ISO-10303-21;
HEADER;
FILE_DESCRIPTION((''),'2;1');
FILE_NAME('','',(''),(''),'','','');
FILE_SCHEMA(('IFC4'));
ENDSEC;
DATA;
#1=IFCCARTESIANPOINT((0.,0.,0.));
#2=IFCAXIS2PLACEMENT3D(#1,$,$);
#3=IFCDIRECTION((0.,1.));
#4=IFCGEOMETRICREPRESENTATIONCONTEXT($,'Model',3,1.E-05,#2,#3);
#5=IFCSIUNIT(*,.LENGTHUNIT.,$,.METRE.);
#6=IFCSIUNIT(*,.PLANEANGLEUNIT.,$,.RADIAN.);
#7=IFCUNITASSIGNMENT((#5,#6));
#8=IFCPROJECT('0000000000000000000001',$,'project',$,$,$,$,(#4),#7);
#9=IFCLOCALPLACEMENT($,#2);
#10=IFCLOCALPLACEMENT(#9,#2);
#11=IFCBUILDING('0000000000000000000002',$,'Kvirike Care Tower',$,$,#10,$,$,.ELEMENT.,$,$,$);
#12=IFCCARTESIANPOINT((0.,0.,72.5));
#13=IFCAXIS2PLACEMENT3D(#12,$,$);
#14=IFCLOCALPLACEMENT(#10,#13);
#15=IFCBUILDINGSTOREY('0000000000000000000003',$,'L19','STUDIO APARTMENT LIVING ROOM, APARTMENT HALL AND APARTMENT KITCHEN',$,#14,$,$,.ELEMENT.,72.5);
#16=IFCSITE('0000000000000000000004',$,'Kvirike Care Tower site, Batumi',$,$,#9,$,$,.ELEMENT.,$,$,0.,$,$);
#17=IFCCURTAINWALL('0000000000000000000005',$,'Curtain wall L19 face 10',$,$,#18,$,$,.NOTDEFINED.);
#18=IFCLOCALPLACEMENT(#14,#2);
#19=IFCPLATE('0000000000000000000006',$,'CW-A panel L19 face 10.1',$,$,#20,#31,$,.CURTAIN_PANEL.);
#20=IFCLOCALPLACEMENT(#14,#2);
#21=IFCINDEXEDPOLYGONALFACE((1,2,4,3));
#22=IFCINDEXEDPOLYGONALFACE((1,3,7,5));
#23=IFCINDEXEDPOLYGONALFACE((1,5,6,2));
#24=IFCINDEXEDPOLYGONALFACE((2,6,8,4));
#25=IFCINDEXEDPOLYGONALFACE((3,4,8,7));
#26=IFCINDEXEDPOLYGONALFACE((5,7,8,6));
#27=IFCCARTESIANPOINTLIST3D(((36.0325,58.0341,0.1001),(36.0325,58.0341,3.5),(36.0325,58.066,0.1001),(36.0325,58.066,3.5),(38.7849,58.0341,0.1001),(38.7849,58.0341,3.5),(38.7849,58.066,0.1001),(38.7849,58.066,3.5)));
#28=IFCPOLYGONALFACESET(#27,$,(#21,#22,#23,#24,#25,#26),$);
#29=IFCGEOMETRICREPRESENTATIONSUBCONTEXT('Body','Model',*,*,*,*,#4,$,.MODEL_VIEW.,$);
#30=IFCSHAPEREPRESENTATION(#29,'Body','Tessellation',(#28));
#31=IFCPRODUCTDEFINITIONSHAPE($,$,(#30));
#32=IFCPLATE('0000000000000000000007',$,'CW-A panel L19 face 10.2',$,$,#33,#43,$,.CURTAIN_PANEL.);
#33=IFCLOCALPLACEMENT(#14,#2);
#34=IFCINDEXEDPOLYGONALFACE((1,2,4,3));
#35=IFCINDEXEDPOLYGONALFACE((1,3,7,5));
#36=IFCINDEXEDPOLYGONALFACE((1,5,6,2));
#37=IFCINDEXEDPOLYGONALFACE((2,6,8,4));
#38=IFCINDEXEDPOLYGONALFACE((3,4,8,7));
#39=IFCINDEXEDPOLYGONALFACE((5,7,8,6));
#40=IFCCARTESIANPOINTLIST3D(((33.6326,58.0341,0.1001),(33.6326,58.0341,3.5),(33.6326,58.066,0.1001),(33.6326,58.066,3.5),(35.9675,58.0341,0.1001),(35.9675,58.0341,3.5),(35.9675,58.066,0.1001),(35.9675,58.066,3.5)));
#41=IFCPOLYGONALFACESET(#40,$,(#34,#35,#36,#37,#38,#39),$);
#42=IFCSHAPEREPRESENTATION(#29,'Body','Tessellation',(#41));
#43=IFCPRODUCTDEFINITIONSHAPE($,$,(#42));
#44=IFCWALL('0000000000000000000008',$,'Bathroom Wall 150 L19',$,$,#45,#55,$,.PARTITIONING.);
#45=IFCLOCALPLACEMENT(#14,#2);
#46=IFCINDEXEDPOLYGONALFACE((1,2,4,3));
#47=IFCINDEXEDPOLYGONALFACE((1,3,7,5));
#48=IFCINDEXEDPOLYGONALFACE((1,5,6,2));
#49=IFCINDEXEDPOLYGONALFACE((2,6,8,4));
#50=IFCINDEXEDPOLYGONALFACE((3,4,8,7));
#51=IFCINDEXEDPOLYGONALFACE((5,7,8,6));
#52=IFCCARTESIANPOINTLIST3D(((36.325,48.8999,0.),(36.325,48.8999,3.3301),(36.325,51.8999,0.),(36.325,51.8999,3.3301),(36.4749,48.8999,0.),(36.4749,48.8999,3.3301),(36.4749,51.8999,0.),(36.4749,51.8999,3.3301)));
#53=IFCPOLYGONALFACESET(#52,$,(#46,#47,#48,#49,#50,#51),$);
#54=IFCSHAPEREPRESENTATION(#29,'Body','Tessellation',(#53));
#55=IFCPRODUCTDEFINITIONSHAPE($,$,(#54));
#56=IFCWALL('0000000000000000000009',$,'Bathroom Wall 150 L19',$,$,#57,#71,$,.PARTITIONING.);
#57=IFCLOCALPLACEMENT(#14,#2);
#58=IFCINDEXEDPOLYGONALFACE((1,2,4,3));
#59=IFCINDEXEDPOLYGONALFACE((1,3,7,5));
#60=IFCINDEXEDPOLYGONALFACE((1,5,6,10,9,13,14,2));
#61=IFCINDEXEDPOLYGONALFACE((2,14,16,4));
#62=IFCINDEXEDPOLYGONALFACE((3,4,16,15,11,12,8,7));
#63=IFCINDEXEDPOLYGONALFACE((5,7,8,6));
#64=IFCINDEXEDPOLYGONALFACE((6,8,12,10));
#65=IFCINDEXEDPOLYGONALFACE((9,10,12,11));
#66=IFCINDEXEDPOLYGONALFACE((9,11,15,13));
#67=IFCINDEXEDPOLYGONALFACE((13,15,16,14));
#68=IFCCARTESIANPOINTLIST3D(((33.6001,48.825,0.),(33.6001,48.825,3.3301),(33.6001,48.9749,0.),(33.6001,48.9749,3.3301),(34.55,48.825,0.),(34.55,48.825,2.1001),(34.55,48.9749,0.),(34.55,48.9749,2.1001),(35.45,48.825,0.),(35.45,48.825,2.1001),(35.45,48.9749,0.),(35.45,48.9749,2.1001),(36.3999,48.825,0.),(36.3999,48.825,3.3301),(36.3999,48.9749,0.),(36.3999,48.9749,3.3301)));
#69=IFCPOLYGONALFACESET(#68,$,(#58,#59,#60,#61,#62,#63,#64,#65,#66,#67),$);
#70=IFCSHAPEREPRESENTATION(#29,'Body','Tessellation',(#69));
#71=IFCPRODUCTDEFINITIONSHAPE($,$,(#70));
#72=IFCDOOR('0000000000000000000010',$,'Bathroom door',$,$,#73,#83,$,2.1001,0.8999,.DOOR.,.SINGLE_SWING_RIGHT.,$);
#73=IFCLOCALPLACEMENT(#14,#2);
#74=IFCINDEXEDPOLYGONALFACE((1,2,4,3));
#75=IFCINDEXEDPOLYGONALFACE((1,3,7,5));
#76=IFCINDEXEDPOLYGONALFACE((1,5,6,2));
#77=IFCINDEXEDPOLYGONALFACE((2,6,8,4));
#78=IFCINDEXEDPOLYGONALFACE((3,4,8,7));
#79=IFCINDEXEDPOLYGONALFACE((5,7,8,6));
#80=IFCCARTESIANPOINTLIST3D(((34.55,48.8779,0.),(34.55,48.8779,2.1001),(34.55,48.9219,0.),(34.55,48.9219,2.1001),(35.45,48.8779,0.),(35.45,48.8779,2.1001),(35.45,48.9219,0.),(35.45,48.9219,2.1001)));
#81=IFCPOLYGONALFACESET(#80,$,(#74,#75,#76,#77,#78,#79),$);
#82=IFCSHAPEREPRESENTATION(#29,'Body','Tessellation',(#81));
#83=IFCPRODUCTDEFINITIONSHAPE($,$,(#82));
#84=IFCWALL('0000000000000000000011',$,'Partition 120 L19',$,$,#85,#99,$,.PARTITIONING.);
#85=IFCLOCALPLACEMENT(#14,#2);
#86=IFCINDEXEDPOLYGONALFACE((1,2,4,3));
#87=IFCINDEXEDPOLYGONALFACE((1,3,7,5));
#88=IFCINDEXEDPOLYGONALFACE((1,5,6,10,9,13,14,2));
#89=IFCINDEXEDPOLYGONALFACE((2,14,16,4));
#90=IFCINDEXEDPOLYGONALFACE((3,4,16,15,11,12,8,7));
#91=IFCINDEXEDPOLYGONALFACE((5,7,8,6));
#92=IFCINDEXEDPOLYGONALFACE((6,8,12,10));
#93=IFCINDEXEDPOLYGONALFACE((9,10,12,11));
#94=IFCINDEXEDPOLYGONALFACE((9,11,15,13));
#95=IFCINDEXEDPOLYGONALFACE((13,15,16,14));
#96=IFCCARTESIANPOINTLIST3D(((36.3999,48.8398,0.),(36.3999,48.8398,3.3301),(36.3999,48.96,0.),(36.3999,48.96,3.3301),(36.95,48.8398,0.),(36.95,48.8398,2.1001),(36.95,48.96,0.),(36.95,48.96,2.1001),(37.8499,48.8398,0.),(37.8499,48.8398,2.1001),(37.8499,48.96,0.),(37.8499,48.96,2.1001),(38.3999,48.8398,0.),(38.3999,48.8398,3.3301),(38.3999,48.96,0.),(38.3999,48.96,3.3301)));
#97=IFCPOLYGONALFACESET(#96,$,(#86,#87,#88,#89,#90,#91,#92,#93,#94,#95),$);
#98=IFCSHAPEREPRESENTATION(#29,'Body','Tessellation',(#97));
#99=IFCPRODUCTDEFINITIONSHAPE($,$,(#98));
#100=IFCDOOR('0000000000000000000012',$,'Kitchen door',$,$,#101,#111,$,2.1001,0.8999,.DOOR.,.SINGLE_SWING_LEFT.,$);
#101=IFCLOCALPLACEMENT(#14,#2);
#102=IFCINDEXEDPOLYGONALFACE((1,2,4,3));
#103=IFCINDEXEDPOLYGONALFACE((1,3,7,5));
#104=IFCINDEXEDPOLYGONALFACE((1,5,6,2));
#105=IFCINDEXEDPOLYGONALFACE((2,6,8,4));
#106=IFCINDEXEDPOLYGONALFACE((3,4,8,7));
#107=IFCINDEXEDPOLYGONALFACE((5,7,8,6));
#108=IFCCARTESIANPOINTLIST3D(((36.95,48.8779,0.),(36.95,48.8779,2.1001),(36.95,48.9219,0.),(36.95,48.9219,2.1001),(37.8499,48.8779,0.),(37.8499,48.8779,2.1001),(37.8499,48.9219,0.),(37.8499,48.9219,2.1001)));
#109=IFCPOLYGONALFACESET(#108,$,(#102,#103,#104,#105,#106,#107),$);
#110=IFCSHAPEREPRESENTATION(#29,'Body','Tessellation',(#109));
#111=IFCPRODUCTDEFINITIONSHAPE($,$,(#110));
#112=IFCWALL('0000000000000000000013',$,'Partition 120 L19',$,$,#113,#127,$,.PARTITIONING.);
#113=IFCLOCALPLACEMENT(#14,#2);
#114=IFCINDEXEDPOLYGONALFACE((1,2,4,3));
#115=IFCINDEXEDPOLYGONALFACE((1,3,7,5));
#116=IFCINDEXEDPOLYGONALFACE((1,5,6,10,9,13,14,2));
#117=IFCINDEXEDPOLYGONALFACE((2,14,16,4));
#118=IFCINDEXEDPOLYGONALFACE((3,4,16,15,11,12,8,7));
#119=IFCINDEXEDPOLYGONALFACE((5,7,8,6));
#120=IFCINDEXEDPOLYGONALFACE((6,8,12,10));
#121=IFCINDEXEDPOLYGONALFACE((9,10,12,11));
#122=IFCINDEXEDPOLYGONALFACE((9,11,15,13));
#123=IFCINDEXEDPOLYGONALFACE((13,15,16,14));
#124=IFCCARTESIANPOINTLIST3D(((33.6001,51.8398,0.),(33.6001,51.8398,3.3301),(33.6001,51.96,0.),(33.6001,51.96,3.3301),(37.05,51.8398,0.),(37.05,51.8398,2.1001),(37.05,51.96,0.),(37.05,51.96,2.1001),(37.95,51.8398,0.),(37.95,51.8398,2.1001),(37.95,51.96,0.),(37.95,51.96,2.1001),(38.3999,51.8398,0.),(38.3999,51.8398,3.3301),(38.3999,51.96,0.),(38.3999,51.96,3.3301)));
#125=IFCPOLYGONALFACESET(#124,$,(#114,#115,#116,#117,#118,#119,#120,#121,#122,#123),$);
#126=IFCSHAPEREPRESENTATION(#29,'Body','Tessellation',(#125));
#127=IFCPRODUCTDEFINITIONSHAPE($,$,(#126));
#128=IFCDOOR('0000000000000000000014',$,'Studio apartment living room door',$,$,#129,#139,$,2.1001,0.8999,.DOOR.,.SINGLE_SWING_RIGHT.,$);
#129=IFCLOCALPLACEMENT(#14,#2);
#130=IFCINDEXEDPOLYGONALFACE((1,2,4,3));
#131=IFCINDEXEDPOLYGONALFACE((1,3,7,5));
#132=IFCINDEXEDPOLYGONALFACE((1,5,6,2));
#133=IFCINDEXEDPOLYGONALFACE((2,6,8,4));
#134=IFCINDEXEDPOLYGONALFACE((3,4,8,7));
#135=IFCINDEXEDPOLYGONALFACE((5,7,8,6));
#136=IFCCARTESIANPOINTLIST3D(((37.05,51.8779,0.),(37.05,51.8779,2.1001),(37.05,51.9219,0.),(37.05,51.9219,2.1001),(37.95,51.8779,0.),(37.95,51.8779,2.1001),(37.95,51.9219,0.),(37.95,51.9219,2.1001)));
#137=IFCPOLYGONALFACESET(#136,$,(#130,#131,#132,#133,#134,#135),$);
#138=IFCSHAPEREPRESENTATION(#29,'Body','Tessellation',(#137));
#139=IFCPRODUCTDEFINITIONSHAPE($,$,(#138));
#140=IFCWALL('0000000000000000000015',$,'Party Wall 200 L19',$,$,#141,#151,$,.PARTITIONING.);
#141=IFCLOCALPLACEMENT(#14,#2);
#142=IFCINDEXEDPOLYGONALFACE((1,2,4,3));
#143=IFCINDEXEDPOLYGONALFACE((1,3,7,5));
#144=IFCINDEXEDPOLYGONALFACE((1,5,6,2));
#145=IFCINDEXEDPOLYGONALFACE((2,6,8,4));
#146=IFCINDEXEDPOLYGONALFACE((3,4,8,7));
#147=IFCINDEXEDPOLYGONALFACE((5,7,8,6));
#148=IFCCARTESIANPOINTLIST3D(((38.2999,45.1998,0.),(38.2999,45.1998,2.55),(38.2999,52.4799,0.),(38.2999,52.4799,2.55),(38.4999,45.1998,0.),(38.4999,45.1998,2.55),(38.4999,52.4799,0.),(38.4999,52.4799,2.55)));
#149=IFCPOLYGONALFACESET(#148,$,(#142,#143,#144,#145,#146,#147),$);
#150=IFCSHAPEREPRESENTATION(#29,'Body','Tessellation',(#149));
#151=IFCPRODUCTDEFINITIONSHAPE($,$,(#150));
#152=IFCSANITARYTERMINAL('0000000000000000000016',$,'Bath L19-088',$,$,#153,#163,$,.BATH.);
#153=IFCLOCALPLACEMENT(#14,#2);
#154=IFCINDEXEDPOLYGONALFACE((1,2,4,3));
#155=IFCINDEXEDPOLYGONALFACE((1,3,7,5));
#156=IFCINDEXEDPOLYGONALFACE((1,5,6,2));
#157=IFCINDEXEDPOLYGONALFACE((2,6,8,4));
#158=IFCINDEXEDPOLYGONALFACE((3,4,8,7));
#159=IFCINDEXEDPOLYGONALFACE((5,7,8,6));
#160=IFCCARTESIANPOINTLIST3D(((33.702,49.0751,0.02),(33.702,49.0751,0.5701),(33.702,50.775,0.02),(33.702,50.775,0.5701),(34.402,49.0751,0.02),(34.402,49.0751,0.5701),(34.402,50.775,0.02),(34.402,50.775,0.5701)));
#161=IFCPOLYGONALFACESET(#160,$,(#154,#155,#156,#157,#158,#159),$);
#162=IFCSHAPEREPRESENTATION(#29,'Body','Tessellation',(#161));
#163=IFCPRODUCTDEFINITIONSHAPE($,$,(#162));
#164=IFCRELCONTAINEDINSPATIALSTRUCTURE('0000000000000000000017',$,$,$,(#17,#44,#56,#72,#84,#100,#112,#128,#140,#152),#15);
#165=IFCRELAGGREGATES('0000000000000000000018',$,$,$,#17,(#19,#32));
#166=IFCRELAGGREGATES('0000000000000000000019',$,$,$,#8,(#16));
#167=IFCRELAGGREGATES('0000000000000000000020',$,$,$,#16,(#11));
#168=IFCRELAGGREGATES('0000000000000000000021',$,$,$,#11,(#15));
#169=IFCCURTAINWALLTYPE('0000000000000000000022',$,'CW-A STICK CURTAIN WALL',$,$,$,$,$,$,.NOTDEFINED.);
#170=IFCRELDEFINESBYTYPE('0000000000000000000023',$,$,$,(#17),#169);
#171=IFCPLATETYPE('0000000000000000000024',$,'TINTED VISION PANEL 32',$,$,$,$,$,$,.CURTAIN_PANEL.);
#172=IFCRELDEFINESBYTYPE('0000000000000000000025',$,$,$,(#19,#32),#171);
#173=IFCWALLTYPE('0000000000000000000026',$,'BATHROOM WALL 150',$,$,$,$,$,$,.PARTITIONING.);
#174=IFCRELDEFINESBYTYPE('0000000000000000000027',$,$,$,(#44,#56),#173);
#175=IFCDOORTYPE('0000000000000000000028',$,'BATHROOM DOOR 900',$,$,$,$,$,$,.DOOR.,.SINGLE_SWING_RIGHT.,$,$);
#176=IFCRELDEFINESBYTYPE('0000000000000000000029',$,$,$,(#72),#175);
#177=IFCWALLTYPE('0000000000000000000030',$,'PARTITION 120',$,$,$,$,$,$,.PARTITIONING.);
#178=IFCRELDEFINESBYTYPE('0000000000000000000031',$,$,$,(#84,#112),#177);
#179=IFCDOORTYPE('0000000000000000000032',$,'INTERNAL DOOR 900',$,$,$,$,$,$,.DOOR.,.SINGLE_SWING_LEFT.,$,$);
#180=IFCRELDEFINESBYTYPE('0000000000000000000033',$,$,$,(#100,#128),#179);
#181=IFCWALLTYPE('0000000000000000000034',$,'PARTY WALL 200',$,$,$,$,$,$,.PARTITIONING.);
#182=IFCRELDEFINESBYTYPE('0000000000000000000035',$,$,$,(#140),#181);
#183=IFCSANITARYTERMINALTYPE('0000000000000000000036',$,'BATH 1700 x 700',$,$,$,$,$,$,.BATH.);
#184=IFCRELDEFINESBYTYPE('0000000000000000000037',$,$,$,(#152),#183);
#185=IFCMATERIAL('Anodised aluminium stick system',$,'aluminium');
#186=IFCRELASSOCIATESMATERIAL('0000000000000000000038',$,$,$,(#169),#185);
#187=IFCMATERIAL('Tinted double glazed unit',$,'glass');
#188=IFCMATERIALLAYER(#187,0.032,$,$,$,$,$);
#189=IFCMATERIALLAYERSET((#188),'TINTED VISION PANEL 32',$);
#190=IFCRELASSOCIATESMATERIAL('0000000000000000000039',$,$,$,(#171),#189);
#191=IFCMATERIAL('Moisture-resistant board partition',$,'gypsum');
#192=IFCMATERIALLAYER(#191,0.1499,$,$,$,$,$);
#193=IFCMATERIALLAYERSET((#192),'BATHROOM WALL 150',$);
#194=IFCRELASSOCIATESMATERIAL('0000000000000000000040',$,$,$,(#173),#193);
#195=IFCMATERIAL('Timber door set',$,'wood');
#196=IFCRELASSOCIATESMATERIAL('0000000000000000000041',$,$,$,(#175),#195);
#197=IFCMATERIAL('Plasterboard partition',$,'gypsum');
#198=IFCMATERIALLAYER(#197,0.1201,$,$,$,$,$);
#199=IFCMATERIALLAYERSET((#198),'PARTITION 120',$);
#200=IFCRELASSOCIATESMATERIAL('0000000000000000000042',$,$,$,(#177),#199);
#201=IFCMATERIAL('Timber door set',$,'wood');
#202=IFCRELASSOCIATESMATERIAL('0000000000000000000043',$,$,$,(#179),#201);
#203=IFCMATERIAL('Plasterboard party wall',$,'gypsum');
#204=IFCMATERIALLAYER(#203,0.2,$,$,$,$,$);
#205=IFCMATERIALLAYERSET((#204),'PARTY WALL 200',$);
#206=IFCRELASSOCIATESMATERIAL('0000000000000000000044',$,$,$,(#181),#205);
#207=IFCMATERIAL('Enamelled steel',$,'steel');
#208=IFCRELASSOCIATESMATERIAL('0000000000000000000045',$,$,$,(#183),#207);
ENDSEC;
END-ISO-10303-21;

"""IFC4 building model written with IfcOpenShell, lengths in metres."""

from ifc_helpers import new_model, si_unit, direction, frame, frame_2d, origin, origin_2d, place, context, subcontext, project, spatial, rectangle, extrude, material, layer, layer_set, type_object, element, fill, aggregate, save


model = new_model("IFC4")

# Units and contexts
model_context = context("Model", 3, precision=1e-05, world=origin(), true_north=direction((0.0, 1.0)))
body_context = subcontext(model_context, "Body", "Model", "MODEL_VIEW")
ifc_project = project(units=[si_unit("LENGTHUNIT", "METRE"), si_unit("PLANEANGLEUNIT", "RADIAN")], contexts=[model_context])

# Site, building, storey
site_placement = place(None, origin())
site = spatial("IfcSite", under=ifc_project, at=site_placement, Name="Kvirike Care Tower site, Batumi", CompositionType="ELEMENT", RefElevation=0.0)
building_placement = place(site_placement, origin())
building = spatial("IfcBuilding", under=site, at=building_placement, Name="Kvirike Care Tower", CompositionType="ELEMENT")
storey_placement = place(building_placement, frame((0.0, 0.0, 72.5)))
storey = spatial("IfcBuildingStorey", under=building, at=storey_placement, Name="L19", Description="STUDIO APARTMENT LIVING ROOM, APARTMENT HALL AND APARTMENT KITCHEN", CompositionType="ELEMENT", Elevation=72.5)

# Curtain wall
ifc_material_1 = material(Name="Anodised aluminium stick system", Category="aluminium")
curtain_wall_type = type_object("IfcCurtainWallType", Name="CW-A STICK CURTAIN WALL", PredefinedType="NOTDEFINED", material=ifc_material_1)
curtain_wall_placement = place(storey_placement, origin())
curtain_wall = element("IfcCurtainWall", 1, at=curtain_wall_placement, inside=storey, type_object=curtain_wall_type, Name="Curtain wall L19 face 10", PredefinedType="NOTDEFINED")

# Plates
ifc_material_2 = material(Name="Tinted double glazed unit", Category="glass")
ifc_layer_1 = layer(ifc_material_2, 0.032)
ifc_layer_set_1 = layer_set([ifc_layer_1], Name="TINTED VISION PANEL 32")
plate_type = type_object("IfcPlateType", Name="TINTED VISION PANEL 32", PredefinedType="CURTAIN_PANEL", material=ifc_layer_set_1)
plate_1_placement = place(storey_placement, frame((37.4087, 58.05, 0.1001), z_axis=(0.0, 0.0, 1.0), x_axis=(-1.0, 0.0, 0.0)))
plate_1 = element("IfcPlate", 2, at=plate_1_placement, type_object=plate_type, Name="CW-A panel L19 face 10.1", PredefinedType="CURTAIN_PANEL", context=body_context, shape_type="SweptSolid", body=[
    extrude(rectangle(XDim=2.7524, YDim=0.032, at=origin_2d()), origin(), (0.0, 0.0, 1.0), 3.3999),
])
plate_2_placement = place(storey_placement, frame((34.8, 58.05, 0.1001), z_axis=(0.0, 0.0, 1.0), x_axis=(-1.0, 0.0, 0.0)))
plate_2 = element("IfcPlate", 3, at=plate_2_placement, type_object=plate_type, Name="CW-A panel L19 face 10.2", PredefinedType="CURTAIN_PANEL", context=body_context, shape_type="SweptSolid", body=[
    extrude(rectangle(XDim=2.335, YDim=0.032, at=origin_2d()), origin(), (0.0, 0.0, 1.0), 3.3999),
])
aggregate(curtain_wall, [plate_1, plate_2])

# Wall
ifc_material_3 = material(Name="Moisture-resistant board partition", Category="gypsum")
ifc_layer_2 = layer(ifc_material_3, 0.1499)
ifc_layer_set_2 = layer_set([ifc_layer_2], Name="BATHROOM WALL 150")
wall_type_1 = type_object("IfcWallType", Name="BATHROOM WALL 150", PredefinedType="PARTITIONING", material=ifc_layer_set_2)
wall_1_placement = place(storey_placement, frame((36.3999, 51.8999, 0.0), z_axis=(0.0, 0.0, 1.0), x_axis=(0.0, -1.0, 0.0)))
element("IfcWall", 4, at=wall_1_placement, inside=storey, type_object=wall_type_1, Name="Bathroom Wall 150 L19", PredefinedType="PARTITIONING", context=body_context, shape_type="SweptSolid", body=[
    extrude(rectangle(XDim=3.0, YDim=0.1499, at=frame_2d((1.5, 0.0))), origin(), (0.0, 0.0, 1.0), 3.3301),
])

# Walls, openings, doors
wall_2_placement = place(storey_placement, frame((36.3999, 48.8999, 0.0), z_axis=(0.0, 0.0, 1.0), x_axis=(-1.0, 0.0, 0.0)))
wall_2 = element("IfcWall", 5, at=wall_2_placement, inside=storey, type_object=wall_type_1, Name="Bathroom Wall 150 L19", PredefinedType="PARTITIONING", context=body_context, shape_type="SweptSolid", body=[
    extrude(rectangle(XDim=2.7998, YDim=0.1499, at=frame_2d((1.3999, 0.0))), origin(), (0.0, 0.0, 1.0), 3.3301),
])
opening_1_placement = place(wall_2_placement, frame((0.95, 0.0, 0.0)))
opening_1 = element("IfcOpeningElement", 6, at=opening_1_placement, cuts=wall_2, PredefinedType="OPENING", context=body_context, shape_type="SweptSolid", body=[
    extrude(rectangle(XDim=0.8999, YDim=2.1001, at=frame_2d((0.45, 1.05))), frame((0.0, 0.0854, 0.0), z_axis=(0.0, -1.0, 0.0), x_axis=(1.0, 0.0, 0.0)), (0.0, 0.0, 1.0), 0.1709),
])
ifc_material_4 = material(Name="Timber door set", Category="wood")
door_type_1 = type_object("IfcDoorType", Name="BATHROOM DOOR 900", OperationType="SINGLE_SWING_RIGHT", PredefinedType="DOOR", material=ifc_material_4)
door_1_placement = place(opening_1_placement, frame((0.8999, 0.0, 0.0), z_axis=(0.0, 0.0, 1.0), x_axis=(-1.0, 0.0, 0.0)))
door_1 = element("IfcDoor", 7, at=door_1_placement, inside=storey, type_object=door_type_1, Name="Bathroom door", OperationType="SINGLE_SWING_RIGHT", OverallHeight=2.1001, OverallWidth=0.8999, PredefinedType="DOOR", context=body_context, shape_type="SweptSolid", body=[
    extrude(rectangle(XDim=0.8999, YDim=2.1001, at=frame_2d((0.45, 1.05))), frame((0.0, 0.022, 0.0), z_axis=(0.0, -1.0, 0.0), x_axis=(1.0, 0.0, 0.0)), (0.0, 0.0, 1.0), 0.0439),
])
fill(opening_1, door_1)
ifc_material_5 = material(Name="Plasterboard partition", Category="gypsum")
ifc_layer_3 = layer(ifc_material_5, 0.1201)
ifc_layer_set_3 = layer_set([ifc_layer_3], Name="PARTITION 120")
wall_type_2 = type_object("IfcWallType", Name="PARTITION 120", PredefinedType="PARTITIONING", material=ifc_layer_set_3)
wall_3_placement = place(storey_placement, frame((38.3999, 48.8999, 0.0), z_axis=(0.0, 0.0, 1.0), x_axis=(-1.0, 0.0, 0.0)))
wall_3 = element("IfcWall", 8, at=wall_3_placement, inside=storey, type_object=wall_type_2, Name="Partition 120 L19", PredefinedType="PARTITIONING", context=body_context, shape_type="SweptSolid", body=[
    extrude(rectangle(XDim=2.0, YDim=0.1201, at=frame_2d((1.0, 0.0))), origin(), (0.0, 0.0, 1.0), 3.3301),
])
opening_2_placement = place(wall_3_placement, frame((0.55, 0.0, 0.0)))
opening_2 = element("IfcOpeningElement", 9, at=opening_2_placement, cuts=wall_3, PredefinedType="OPENING", context=body_context, shape_type="SweptSolid", body=[
    extrude(rectangle(XDim=0.8999, YDim=2.1001, at=frame_2d((0.45, 1.05))), frame((0.0, 0.0706, 0.0), z_axis=(0.0, -1.0, 0.0), x_axis=(1.0, 0.0, 0.0)), (0.0, 0.0, 1.0), 0.1411),
])
ifc_material_6 = material(Name="Timber door set", Category="wood")
door_type_2 = type_object("IfcDoorType", Name="INTERNAL DOOR 900", OperationType="SINGLE_SWING_LEFT", PredefinedType="DOOR", material=ifc_material_6)
door_2_placement = place(opening_2_placement, frame((0.8999, 0.0, 0.0), z_axis=(0.0, 0.0, 1.0), x_axis=(-1.0, 0.0, 0.0)))
door_2 = element("IfcDoor", 10, at=door_2_placement, inside=storey, type_object=door_type_2, Name="Kitchen door", OperationType="SINGLE_SWING_LEFT", OverallHeight=2.1001, OverallWidth=0.8999, PredefinedType="DOOR", context=body_context, shape_type="SweptSolid", body=[
    extrude(rectangle(XDim=0.8999, YDim=2.1001, at=frame_2d((0.45, 1.05))), frame((0.0, 0.022, 0.0), z_axis=(0.0, -1.0, 0.0), x_axis=(1.0, 0.0, 0.0)), (0.0, 0.0, 1.0), 0.0439),
])
fill(opening_2, door_2)
wall_4_placement = place(storey_placement, frame((38.3999, 51.8999, 0.0), z_axis=(0.0, 0.0, 1.0), x_axis=(-1.0, 0.0, 0.0)))
wall_4 = element("IfcWall", 11, at=wall_4_placement, inside=storey, type_object=wall_type_2, Name="Partition 120 L19", PredefinedType="PARTITIONING", context=body_context, shape_type="SweptSolid", body=[
    extrude(rectangle(XDim=4.7998, YDim=0.1201, at=frame_2d((2.3999, 0.0))), origin(), (0.0, 0.0, 1.0), 3.3301),
])
opening_3_placement = place(wall_4_placement, frame((0.45, 0.0, 0.0)))
opening_3 = element("IfcOpeningElement", 12, at=opening_3_placement, cuts=wall_4, PredefinedType="OPENING", context=body_context, shape_type="SweptSolid", body=[
    extrude(rectangle(XDim=0.8999, YDim=2.1001, at=frame_2d((0.45, 1.05))), frame((0.0, 0.0706, 0.0), z_axis=(0.0, -1.0, 0.0), x_axis=(1.0, 0.0, 0.0)), (0.0, 0.0, 1.0), 0.1411),
])
door_3_placement = place(opening_3_placement, origin())
door_3 = element("IfcDoor", 13, at=door_3_placement, inside=storey, type_object=door_type_2, Name="Studio apartment living room door", OperationType="SINGLE_SWING_RIGHT", OverallHeight=2.1001, OverallWidth=0.8999, PredefinedType="DOOR", context=body_context, shape_type="SweptSolid", body=[
    extrude(rectangle(XDim=0.8999, YDim=2.1001, at=frame_2d((0.45, 1.05))), frame((0.0, 0.022, 0.0), z_axis=(0.0, -1.0, 0.0), x_axis=(1.0, 0.0, 0.0)), (0.0, 0.0, 1.0), 0.0439),
])
fill(opening_3, door_3)

# Wall
ifc_material_7 = material(Name="Plasterboard party wall", Category="gypsum")
ifc_layer_4 = layer(ifc_material_7, 0.2)
ifc_layer_set_4 = layer_set([ifc_layer_4], Name="PARTY WALL 200")
wall_type_3 = type_object("IfcWallType", Name="PARTY WALL 200", PredefinedType="PARTITIONING", material=ifc_layer_set_4)
wall_5_placement = place(storey_placement, frame((38.3999, 52.48, 0.0), z_axis=(0.0, 0.0, 1.0), x_axis=(0.0, -1.0, 0.0)))
element("IfcWall", 14, at=wall_5_placement, inside=storey, type_object=wall_type_3, Name="Party Wall 200 L19", PredefinedType="PARTITIONING", context=body_context, shape_type="SweptSolid", body=[
    extrude(rectangle(XDim=7.28, YDim=0.2, at=frame_2d((3.6401, 0.0))), origin(), (0.0, 0.0, 1.0), 2.55),
])

# Sanitary terminal
ifc_material_8 = material(Name="Enamelled steel", Category="steel")
sanitary_terminal_type_1 = type_object("IfcSanitaryTerminalType", Name="BATH 1700 x 700", PredefinedType="BATH", material=ifc_material_8)
sanitary_terminal_1_placement = place(storey_placement, frame((34.052, 49.925, 0.02), z_axis=(0.0, 0.0, 1.0), x_axis=(0.0, 1.0, 0.0)))
element("IfcSanitaryTerminal", 15, at=sanitary_terminal_1_placement, inside=storey, type_object=sanitary_terminal_type_1, Name="Bath L19-088", PredefinedType="BATH", context=body_context, shape_type="SweptSolid", body=[
    extrude(rectangle(XDim=1.7, YDim=0.7, at=origin_2d()), origin(), (0.0, 0.0, 1.0), 0.55),
])

save(model, "model.ifc")
